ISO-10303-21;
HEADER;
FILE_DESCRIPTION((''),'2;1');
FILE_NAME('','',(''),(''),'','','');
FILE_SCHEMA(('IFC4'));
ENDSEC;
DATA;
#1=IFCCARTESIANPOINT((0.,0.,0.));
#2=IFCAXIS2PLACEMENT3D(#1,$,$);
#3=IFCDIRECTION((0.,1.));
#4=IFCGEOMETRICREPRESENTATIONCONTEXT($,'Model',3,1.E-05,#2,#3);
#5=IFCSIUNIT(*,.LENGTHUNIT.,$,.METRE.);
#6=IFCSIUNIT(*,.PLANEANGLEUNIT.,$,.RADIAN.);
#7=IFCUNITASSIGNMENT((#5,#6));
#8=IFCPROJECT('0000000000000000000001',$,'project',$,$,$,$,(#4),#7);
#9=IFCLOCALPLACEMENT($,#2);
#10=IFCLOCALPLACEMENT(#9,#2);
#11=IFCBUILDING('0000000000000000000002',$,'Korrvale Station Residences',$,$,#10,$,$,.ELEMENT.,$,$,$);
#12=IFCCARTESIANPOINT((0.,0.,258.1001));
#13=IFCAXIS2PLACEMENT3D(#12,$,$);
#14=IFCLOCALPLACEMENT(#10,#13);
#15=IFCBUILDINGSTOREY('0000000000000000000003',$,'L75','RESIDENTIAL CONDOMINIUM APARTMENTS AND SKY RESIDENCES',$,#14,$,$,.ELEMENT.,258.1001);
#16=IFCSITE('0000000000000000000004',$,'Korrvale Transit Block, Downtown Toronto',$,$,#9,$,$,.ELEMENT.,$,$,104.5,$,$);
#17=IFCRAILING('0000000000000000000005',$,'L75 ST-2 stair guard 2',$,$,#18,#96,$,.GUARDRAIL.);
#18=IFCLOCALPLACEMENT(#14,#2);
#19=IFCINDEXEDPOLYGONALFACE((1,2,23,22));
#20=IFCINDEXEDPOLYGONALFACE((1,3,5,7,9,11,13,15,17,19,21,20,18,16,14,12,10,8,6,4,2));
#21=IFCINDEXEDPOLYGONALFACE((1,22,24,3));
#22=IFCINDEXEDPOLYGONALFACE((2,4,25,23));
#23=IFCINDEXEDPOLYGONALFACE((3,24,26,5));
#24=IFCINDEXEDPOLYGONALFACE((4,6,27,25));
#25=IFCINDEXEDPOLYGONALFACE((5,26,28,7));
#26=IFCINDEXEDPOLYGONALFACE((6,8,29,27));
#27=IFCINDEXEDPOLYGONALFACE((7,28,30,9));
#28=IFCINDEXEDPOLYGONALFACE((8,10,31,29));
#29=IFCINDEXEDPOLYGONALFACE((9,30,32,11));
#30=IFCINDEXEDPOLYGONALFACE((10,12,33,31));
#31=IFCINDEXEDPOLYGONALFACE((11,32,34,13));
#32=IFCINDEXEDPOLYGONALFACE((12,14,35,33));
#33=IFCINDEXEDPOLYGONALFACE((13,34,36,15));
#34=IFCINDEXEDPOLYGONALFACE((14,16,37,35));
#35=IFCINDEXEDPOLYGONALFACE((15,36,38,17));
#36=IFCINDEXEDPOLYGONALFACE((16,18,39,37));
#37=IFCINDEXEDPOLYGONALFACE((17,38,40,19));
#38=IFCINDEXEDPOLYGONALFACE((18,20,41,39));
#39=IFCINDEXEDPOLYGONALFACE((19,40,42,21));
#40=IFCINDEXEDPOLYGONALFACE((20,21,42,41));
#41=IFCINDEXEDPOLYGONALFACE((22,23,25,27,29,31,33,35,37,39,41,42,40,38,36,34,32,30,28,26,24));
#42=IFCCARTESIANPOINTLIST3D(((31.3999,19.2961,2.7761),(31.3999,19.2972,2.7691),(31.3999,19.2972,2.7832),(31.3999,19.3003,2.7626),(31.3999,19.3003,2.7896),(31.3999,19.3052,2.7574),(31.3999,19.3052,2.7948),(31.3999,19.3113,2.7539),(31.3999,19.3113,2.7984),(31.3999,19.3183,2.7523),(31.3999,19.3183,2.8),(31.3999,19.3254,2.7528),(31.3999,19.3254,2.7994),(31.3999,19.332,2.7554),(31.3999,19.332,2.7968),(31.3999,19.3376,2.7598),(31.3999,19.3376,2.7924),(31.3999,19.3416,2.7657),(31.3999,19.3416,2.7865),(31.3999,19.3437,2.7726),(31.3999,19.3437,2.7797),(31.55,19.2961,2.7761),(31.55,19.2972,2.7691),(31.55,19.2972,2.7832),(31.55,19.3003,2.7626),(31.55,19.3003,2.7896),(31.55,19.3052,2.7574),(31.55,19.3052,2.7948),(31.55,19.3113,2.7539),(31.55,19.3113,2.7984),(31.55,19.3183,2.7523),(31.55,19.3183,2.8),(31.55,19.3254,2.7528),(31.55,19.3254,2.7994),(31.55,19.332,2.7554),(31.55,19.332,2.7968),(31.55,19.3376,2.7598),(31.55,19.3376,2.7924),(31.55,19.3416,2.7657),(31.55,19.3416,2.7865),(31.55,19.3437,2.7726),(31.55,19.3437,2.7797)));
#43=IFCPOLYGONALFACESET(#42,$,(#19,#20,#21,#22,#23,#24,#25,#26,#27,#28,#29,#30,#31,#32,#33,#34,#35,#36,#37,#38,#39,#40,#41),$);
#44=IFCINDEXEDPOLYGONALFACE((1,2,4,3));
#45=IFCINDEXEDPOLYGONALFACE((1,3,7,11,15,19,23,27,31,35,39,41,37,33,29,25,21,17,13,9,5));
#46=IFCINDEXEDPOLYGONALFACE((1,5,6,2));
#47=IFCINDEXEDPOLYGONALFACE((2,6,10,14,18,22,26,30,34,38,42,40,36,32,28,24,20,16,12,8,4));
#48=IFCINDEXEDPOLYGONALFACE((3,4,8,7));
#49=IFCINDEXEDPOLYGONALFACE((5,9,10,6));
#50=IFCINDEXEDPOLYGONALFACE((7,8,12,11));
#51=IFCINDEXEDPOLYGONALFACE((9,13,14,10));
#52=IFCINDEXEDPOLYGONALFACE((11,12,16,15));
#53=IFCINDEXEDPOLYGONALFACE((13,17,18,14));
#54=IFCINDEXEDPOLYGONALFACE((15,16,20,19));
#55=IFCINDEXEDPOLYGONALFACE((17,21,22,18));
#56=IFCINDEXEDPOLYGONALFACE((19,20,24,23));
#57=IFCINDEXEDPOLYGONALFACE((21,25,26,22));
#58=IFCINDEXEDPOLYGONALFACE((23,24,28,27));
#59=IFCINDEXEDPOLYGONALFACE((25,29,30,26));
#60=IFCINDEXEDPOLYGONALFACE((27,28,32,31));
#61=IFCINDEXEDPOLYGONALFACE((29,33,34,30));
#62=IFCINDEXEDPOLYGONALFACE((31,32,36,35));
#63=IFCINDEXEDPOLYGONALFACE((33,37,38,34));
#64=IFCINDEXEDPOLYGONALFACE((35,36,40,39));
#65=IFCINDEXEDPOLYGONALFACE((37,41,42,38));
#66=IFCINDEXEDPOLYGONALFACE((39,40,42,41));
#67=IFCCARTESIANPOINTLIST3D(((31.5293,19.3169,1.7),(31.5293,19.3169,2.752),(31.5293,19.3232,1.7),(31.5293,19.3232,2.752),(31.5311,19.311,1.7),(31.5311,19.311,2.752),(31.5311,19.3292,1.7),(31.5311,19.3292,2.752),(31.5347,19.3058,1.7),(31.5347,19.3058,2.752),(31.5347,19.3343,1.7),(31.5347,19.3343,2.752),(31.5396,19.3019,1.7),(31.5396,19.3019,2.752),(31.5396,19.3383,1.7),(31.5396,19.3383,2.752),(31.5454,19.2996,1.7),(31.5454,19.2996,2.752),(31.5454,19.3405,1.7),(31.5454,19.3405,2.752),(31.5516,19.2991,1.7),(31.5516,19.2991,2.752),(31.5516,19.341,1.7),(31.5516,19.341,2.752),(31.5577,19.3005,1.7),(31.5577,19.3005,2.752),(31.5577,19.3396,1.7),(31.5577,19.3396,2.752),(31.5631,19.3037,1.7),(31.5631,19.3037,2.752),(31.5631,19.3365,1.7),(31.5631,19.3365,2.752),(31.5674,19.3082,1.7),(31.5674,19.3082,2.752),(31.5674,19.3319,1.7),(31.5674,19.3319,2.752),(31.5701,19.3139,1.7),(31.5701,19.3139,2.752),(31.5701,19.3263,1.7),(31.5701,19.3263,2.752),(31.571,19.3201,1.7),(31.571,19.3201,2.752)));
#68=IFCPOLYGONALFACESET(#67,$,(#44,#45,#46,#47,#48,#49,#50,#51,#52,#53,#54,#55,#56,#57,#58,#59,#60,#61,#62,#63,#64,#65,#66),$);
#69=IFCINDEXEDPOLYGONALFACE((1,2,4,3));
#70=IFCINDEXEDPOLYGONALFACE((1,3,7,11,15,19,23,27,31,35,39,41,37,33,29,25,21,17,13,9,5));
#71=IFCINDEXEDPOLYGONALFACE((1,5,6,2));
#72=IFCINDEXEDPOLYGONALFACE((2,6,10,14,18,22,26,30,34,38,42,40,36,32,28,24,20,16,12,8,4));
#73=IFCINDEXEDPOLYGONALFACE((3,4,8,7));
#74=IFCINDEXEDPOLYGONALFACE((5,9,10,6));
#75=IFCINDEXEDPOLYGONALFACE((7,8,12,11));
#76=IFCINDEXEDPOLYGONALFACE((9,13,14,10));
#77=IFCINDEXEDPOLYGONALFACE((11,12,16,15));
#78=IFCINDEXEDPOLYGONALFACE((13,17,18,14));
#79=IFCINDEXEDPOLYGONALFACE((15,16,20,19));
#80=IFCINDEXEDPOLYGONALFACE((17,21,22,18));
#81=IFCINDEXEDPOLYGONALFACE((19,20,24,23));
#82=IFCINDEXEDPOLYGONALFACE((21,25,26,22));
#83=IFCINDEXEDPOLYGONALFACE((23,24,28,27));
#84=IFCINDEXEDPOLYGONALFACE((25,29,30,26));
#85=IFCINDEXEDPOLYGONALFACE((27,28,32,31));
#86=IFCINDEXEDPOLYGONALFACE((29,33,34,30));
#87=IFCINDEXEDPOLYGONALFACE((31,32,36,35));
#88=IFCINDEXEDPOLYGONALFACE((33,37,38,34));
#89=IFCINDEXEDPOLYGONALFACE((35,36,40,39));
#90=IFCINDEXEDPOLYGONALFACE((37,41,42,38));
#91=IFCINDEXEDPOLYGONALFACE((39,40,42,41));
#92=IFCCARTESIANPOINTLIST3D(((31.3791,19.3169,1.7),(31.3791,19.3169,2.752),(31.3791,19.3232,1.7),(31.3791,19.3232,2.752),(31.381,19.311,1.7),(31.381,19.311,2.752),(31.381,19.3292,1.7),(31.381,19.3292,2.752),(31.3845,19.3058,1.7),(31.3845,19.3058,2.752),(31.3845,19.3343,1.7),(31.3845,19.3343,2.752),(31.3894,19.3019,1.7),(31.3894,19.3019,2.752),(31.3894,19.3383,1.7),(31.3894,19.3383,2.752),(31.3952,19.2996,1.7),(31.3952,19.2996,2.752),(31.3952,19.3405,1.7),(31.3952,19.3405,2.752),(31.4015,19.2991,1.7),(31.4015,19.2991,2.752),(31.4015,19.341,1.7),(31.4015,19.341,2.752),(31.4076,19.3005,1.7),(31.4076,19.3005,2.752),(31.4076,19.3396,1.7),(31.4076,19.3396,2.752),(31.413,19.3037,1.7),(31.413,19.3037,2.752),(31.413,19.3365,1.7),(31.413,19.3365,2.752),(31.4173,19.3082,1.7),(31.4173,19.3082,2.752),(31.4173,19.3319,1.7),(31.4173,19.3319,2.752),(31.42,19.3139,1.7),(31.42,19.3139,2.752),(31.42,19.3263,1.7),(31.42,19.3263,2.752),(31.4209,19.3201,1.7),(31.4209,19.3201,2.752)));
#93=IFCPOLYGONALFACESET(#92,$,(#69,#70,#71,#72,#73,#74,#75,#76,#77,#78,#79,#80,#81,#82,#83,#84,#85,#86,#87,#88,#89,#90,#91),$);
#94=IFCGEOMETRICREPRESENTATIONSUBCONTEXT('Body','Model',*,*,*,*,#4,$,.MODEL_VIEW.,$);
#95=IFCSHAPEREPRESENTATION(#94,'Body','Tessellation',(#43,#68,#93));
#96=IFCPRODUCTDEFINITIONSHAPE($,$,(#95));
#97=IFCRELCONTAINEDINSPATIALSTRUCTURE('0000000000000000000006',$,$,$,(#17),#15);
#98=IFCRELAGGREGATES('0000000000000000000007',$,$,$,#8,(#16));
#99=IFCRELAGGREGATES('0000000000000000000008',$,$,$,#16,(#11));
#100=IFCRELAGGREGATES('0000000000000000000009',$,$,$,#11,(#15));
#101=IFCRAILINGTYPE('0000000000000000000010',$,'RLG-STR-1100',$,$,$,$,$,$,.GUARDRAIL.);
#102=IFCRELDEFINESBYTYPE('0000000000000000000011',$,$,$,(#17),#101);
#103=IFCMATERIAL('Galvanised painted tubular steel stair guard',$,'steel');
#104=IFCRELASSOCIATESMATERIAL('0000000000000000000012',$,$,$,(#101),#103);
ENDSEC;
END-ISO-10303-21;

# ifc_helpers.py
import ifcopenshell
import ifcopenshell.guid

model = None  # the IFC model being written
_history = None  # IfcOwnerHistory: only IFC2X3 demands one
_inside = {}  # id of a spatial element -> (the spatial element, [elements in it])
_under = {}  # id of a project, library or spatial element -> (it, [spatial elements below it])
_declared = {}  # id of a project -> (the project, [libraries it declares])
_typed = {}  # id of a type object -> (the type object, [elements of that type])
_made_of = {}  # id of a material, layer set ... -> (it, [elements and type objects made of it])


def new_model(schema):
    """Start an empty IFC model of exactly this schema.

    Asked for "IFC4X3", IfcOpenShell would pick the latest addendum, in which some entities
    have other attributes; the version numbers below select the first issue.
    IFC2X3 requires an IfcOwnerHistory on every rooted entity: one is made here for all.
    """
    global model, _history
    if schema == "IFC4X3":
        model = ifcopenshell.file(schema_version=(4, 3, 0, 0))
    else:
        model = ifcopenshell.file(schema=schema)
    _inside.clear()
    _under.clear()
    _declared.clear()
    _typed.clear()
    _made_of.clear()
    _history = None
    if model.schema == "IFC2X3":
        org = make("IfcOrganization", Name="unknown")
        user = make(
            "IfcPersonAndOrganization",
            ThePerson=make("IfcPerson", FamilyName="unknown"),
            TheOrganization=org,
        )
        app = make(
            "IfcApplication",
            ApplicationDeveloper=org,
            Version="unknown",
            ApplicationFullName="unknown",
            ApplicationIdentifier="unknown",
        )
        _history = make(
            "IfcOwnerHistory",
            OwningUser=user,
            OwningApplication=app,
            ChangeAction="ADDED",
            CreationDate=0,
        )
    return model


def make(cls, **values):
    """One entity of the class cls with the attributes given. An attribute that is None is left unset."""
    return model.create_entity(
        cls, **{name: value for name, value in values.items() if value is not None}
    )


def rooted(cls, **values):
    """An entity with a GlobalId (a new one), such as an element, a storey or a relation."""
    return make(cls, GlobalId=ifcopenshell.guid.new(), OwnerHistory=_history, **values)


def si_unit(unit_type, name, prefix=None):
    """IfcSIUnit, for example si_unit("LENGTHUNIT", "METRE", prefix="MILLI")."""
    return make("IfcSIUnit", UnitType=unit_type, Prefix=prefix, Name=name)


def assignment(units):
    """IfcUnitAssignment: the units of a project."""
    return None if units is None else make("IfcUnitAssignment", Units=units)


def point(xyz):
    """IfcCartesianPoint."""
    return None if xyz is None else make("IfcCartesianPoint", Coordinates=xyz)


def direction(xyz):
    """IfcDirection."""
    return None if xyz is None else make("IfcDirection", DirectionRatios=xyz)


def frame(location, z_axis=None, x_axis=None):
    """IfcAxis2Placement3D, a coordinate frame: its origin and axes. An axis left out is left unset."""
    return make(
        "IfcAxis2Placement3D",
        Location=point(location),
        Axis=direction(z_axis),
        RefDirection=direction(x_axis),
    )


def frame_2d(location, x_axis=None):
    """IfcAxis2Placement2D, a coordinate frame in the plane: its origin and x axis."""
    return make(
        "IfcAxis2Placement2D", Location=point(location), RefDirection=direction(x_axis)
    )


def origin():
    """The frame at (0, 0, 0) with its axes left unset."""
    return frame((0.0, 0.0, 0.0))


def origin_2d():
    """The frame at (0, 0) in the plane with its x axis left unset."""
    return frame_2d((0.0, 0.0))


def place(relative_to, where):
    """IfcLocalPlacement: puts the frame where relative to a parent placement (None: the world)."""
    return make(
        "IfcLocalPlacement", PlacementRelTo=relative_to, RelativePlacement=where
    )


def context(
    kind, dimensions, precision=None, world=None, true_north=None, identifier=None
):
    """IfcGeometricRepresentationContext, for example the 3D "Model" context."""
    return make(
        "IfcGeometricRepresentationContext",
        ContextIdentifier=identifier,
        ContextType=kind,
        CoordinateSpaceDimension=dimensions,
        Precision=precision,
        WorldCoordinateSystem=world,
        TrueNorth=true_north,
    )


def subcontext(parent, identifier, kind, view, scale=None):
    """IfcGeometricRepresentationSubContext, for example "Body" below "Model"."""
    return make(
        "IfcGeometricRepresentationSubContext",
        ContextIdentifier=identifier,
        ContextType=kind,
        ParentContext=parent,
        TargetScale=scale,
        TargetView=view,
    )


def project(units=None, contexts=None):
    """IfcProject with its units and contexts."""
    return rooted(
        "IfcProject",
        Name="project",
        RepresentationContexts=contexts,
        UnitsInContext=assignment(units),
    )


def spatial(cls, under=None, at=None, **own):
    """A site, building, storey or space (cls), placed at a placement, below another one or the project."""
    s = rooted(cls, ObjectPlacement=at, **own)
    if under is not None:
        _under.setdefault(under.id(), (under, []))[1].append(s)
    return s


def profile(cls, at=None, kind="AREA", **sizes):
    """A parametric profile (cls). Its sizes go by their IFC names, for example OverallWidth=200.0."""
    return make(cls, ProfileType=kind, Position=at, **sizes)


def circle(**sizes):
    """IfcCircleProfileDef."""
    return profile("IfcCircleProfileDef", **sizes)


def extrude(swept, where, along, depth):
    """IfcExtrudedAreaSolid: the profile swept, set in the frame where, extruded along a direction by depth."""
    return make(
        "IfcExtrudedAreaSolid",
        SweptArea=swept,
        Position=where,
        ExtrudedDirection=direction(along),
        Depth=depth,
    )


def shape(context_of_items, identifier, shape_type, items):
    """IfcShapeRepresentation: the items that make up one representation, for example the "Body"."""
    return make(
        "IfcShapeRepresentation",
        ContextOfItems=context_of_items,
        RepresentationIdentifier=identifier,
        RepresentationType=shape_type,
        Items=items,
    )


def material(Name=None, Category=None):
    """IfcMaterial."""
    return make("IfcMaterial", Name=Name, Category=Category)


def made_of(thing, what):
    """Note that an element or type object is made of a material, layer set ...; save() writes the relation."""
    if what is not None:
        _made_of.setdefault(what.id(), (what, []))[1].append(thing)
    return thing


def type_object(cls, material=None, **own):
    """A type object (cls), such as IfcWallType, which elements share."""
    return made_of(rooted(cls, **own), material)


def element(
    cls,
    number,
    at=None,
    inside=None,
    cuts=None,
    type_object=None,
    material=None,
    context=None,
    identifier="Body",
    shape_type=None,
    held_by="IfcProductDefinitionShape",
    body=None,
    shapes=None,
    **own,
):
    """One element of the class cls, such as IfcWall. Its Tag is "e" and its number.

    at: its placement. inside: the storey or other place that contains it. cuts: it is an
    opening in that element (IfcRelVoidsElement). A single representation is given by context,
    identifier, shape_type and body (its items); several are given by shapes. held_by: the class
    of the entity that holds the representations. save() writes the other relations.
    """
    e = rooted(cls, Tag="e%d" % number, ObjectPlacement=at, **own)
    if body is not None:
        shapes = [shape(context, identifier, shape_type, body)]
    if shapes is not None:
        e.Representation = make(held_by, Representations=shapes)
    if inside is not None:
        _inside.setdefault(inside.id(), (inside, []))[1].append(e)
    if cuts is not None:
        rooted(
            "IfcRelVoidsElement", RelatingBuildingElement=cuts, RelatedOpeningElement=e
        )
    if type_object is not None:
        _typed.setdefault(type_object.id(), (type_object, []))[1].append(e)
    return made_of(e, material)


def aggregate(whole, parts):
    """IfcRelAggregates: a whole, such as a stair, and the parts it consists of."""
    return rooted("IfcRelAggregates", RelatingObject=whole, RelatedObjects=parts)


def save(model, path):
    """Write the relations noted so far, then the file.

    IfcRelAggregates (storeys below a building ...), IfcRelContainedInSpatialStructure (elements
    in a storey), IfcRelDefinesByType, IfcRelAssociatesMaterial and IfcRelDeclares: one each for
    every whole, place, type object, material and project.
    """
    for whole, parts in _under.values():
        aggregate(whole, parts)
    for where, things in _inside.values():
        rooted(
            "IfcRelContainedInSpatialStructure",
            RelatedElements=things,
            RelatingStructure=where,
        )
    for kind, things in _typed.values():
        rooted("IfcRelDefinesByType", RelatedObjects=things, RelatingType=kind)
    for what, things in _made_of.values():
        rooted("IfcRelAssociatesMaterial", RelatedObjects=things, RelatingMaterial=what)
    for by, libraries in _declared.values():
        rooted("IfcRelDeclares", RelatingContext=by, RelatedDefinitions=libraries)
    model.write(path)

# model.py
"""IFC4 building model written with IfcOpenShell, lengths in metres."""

from ifc_helpers import new_model, si_unit, direction, frame, origin, origin_2d, place, context, subcontext, project, spatial, circle, extrude, material, type_object, element, save


model = new_model("IFC4")

# Units and contexts
model_context = context("Model", 3, precision=1e-05, world=origin(), true_north=direction((0.0, 1.0)))
body_context = subcontext(model_context, "Body", "Model", "MODEL_VIEW")
ifc_project = project(units=[si_unit("LENGTHUNIT", "METRE"), si_unit("PLANEANGLEUNIT", "RADIAN")], contexts=[model_context])

# Site, building, storey
site_placement = place(None, origin())
site = spatial("IfcSite", under=ifc_project, at=site_placement, Name="Korrvale Transit Block, Downtown Toronto", CompositionType="ELEMENT", RefElevation=104.5)
building_placement = place(site_placement, origin())
building = spatial("IfcBuilding", under=site, at=building_placement, Name="Korrvale Station Residences", CompositionType="ELEMENT")
storey_placement = place(building_placement, frame((0.0, 0.0, 258.1001)))
storey = spatial("IfcBuildingStorey", under=building, at=storey_placement, Name="L75", Description="RESIDENTIAL CONDOMINIUM APARTMENTS AND SKY RESIDENCES", CompositionType="ELEMENT", Elevation=258.1001)

# Railing
ifc_material_1 = material(Name="Galvanised painted tubular steel stair guard", Category="steel")
railing_type_1 = type_object("IfcRailingType", Name="RLG-STR-1100", PredefinedType="GUARDRAIL", material=ifc_material_1)
railing_1_placement = place(storey_placement, frame((31.55, 19.3201, 1.7)))
element("IfcRailing", 1, at=railing_1_placement, inside=storey, type_object=railing_type_1, Name="L75 ST-2 stair guard 2", PredefinedType="GUARDRAIL", context=body_context, shape_type="SweptSolid", body=[
    extrude(circle(Radius=0.0239, at=origin_2d()), frame((0.0, 0.0, 1.0762), z_axis=(-1.0, 0.0, 0.0), x_axis=(0.0, -1.0, 0.0)), (0.0, 0.0, 1.0), 0.1501),
    extrude(circle(Radius=0.021, at=origin_2d()), origin(), (0.0, 0.0, 1.0), 1.052),
    extrude(circle(Radius=0.021, at=origin_2d()), frame((-0.1501, 0.0, 0.0)), (0.0, 0.0, 1.0), 1.052),
])

save(model, "model.ifc")
